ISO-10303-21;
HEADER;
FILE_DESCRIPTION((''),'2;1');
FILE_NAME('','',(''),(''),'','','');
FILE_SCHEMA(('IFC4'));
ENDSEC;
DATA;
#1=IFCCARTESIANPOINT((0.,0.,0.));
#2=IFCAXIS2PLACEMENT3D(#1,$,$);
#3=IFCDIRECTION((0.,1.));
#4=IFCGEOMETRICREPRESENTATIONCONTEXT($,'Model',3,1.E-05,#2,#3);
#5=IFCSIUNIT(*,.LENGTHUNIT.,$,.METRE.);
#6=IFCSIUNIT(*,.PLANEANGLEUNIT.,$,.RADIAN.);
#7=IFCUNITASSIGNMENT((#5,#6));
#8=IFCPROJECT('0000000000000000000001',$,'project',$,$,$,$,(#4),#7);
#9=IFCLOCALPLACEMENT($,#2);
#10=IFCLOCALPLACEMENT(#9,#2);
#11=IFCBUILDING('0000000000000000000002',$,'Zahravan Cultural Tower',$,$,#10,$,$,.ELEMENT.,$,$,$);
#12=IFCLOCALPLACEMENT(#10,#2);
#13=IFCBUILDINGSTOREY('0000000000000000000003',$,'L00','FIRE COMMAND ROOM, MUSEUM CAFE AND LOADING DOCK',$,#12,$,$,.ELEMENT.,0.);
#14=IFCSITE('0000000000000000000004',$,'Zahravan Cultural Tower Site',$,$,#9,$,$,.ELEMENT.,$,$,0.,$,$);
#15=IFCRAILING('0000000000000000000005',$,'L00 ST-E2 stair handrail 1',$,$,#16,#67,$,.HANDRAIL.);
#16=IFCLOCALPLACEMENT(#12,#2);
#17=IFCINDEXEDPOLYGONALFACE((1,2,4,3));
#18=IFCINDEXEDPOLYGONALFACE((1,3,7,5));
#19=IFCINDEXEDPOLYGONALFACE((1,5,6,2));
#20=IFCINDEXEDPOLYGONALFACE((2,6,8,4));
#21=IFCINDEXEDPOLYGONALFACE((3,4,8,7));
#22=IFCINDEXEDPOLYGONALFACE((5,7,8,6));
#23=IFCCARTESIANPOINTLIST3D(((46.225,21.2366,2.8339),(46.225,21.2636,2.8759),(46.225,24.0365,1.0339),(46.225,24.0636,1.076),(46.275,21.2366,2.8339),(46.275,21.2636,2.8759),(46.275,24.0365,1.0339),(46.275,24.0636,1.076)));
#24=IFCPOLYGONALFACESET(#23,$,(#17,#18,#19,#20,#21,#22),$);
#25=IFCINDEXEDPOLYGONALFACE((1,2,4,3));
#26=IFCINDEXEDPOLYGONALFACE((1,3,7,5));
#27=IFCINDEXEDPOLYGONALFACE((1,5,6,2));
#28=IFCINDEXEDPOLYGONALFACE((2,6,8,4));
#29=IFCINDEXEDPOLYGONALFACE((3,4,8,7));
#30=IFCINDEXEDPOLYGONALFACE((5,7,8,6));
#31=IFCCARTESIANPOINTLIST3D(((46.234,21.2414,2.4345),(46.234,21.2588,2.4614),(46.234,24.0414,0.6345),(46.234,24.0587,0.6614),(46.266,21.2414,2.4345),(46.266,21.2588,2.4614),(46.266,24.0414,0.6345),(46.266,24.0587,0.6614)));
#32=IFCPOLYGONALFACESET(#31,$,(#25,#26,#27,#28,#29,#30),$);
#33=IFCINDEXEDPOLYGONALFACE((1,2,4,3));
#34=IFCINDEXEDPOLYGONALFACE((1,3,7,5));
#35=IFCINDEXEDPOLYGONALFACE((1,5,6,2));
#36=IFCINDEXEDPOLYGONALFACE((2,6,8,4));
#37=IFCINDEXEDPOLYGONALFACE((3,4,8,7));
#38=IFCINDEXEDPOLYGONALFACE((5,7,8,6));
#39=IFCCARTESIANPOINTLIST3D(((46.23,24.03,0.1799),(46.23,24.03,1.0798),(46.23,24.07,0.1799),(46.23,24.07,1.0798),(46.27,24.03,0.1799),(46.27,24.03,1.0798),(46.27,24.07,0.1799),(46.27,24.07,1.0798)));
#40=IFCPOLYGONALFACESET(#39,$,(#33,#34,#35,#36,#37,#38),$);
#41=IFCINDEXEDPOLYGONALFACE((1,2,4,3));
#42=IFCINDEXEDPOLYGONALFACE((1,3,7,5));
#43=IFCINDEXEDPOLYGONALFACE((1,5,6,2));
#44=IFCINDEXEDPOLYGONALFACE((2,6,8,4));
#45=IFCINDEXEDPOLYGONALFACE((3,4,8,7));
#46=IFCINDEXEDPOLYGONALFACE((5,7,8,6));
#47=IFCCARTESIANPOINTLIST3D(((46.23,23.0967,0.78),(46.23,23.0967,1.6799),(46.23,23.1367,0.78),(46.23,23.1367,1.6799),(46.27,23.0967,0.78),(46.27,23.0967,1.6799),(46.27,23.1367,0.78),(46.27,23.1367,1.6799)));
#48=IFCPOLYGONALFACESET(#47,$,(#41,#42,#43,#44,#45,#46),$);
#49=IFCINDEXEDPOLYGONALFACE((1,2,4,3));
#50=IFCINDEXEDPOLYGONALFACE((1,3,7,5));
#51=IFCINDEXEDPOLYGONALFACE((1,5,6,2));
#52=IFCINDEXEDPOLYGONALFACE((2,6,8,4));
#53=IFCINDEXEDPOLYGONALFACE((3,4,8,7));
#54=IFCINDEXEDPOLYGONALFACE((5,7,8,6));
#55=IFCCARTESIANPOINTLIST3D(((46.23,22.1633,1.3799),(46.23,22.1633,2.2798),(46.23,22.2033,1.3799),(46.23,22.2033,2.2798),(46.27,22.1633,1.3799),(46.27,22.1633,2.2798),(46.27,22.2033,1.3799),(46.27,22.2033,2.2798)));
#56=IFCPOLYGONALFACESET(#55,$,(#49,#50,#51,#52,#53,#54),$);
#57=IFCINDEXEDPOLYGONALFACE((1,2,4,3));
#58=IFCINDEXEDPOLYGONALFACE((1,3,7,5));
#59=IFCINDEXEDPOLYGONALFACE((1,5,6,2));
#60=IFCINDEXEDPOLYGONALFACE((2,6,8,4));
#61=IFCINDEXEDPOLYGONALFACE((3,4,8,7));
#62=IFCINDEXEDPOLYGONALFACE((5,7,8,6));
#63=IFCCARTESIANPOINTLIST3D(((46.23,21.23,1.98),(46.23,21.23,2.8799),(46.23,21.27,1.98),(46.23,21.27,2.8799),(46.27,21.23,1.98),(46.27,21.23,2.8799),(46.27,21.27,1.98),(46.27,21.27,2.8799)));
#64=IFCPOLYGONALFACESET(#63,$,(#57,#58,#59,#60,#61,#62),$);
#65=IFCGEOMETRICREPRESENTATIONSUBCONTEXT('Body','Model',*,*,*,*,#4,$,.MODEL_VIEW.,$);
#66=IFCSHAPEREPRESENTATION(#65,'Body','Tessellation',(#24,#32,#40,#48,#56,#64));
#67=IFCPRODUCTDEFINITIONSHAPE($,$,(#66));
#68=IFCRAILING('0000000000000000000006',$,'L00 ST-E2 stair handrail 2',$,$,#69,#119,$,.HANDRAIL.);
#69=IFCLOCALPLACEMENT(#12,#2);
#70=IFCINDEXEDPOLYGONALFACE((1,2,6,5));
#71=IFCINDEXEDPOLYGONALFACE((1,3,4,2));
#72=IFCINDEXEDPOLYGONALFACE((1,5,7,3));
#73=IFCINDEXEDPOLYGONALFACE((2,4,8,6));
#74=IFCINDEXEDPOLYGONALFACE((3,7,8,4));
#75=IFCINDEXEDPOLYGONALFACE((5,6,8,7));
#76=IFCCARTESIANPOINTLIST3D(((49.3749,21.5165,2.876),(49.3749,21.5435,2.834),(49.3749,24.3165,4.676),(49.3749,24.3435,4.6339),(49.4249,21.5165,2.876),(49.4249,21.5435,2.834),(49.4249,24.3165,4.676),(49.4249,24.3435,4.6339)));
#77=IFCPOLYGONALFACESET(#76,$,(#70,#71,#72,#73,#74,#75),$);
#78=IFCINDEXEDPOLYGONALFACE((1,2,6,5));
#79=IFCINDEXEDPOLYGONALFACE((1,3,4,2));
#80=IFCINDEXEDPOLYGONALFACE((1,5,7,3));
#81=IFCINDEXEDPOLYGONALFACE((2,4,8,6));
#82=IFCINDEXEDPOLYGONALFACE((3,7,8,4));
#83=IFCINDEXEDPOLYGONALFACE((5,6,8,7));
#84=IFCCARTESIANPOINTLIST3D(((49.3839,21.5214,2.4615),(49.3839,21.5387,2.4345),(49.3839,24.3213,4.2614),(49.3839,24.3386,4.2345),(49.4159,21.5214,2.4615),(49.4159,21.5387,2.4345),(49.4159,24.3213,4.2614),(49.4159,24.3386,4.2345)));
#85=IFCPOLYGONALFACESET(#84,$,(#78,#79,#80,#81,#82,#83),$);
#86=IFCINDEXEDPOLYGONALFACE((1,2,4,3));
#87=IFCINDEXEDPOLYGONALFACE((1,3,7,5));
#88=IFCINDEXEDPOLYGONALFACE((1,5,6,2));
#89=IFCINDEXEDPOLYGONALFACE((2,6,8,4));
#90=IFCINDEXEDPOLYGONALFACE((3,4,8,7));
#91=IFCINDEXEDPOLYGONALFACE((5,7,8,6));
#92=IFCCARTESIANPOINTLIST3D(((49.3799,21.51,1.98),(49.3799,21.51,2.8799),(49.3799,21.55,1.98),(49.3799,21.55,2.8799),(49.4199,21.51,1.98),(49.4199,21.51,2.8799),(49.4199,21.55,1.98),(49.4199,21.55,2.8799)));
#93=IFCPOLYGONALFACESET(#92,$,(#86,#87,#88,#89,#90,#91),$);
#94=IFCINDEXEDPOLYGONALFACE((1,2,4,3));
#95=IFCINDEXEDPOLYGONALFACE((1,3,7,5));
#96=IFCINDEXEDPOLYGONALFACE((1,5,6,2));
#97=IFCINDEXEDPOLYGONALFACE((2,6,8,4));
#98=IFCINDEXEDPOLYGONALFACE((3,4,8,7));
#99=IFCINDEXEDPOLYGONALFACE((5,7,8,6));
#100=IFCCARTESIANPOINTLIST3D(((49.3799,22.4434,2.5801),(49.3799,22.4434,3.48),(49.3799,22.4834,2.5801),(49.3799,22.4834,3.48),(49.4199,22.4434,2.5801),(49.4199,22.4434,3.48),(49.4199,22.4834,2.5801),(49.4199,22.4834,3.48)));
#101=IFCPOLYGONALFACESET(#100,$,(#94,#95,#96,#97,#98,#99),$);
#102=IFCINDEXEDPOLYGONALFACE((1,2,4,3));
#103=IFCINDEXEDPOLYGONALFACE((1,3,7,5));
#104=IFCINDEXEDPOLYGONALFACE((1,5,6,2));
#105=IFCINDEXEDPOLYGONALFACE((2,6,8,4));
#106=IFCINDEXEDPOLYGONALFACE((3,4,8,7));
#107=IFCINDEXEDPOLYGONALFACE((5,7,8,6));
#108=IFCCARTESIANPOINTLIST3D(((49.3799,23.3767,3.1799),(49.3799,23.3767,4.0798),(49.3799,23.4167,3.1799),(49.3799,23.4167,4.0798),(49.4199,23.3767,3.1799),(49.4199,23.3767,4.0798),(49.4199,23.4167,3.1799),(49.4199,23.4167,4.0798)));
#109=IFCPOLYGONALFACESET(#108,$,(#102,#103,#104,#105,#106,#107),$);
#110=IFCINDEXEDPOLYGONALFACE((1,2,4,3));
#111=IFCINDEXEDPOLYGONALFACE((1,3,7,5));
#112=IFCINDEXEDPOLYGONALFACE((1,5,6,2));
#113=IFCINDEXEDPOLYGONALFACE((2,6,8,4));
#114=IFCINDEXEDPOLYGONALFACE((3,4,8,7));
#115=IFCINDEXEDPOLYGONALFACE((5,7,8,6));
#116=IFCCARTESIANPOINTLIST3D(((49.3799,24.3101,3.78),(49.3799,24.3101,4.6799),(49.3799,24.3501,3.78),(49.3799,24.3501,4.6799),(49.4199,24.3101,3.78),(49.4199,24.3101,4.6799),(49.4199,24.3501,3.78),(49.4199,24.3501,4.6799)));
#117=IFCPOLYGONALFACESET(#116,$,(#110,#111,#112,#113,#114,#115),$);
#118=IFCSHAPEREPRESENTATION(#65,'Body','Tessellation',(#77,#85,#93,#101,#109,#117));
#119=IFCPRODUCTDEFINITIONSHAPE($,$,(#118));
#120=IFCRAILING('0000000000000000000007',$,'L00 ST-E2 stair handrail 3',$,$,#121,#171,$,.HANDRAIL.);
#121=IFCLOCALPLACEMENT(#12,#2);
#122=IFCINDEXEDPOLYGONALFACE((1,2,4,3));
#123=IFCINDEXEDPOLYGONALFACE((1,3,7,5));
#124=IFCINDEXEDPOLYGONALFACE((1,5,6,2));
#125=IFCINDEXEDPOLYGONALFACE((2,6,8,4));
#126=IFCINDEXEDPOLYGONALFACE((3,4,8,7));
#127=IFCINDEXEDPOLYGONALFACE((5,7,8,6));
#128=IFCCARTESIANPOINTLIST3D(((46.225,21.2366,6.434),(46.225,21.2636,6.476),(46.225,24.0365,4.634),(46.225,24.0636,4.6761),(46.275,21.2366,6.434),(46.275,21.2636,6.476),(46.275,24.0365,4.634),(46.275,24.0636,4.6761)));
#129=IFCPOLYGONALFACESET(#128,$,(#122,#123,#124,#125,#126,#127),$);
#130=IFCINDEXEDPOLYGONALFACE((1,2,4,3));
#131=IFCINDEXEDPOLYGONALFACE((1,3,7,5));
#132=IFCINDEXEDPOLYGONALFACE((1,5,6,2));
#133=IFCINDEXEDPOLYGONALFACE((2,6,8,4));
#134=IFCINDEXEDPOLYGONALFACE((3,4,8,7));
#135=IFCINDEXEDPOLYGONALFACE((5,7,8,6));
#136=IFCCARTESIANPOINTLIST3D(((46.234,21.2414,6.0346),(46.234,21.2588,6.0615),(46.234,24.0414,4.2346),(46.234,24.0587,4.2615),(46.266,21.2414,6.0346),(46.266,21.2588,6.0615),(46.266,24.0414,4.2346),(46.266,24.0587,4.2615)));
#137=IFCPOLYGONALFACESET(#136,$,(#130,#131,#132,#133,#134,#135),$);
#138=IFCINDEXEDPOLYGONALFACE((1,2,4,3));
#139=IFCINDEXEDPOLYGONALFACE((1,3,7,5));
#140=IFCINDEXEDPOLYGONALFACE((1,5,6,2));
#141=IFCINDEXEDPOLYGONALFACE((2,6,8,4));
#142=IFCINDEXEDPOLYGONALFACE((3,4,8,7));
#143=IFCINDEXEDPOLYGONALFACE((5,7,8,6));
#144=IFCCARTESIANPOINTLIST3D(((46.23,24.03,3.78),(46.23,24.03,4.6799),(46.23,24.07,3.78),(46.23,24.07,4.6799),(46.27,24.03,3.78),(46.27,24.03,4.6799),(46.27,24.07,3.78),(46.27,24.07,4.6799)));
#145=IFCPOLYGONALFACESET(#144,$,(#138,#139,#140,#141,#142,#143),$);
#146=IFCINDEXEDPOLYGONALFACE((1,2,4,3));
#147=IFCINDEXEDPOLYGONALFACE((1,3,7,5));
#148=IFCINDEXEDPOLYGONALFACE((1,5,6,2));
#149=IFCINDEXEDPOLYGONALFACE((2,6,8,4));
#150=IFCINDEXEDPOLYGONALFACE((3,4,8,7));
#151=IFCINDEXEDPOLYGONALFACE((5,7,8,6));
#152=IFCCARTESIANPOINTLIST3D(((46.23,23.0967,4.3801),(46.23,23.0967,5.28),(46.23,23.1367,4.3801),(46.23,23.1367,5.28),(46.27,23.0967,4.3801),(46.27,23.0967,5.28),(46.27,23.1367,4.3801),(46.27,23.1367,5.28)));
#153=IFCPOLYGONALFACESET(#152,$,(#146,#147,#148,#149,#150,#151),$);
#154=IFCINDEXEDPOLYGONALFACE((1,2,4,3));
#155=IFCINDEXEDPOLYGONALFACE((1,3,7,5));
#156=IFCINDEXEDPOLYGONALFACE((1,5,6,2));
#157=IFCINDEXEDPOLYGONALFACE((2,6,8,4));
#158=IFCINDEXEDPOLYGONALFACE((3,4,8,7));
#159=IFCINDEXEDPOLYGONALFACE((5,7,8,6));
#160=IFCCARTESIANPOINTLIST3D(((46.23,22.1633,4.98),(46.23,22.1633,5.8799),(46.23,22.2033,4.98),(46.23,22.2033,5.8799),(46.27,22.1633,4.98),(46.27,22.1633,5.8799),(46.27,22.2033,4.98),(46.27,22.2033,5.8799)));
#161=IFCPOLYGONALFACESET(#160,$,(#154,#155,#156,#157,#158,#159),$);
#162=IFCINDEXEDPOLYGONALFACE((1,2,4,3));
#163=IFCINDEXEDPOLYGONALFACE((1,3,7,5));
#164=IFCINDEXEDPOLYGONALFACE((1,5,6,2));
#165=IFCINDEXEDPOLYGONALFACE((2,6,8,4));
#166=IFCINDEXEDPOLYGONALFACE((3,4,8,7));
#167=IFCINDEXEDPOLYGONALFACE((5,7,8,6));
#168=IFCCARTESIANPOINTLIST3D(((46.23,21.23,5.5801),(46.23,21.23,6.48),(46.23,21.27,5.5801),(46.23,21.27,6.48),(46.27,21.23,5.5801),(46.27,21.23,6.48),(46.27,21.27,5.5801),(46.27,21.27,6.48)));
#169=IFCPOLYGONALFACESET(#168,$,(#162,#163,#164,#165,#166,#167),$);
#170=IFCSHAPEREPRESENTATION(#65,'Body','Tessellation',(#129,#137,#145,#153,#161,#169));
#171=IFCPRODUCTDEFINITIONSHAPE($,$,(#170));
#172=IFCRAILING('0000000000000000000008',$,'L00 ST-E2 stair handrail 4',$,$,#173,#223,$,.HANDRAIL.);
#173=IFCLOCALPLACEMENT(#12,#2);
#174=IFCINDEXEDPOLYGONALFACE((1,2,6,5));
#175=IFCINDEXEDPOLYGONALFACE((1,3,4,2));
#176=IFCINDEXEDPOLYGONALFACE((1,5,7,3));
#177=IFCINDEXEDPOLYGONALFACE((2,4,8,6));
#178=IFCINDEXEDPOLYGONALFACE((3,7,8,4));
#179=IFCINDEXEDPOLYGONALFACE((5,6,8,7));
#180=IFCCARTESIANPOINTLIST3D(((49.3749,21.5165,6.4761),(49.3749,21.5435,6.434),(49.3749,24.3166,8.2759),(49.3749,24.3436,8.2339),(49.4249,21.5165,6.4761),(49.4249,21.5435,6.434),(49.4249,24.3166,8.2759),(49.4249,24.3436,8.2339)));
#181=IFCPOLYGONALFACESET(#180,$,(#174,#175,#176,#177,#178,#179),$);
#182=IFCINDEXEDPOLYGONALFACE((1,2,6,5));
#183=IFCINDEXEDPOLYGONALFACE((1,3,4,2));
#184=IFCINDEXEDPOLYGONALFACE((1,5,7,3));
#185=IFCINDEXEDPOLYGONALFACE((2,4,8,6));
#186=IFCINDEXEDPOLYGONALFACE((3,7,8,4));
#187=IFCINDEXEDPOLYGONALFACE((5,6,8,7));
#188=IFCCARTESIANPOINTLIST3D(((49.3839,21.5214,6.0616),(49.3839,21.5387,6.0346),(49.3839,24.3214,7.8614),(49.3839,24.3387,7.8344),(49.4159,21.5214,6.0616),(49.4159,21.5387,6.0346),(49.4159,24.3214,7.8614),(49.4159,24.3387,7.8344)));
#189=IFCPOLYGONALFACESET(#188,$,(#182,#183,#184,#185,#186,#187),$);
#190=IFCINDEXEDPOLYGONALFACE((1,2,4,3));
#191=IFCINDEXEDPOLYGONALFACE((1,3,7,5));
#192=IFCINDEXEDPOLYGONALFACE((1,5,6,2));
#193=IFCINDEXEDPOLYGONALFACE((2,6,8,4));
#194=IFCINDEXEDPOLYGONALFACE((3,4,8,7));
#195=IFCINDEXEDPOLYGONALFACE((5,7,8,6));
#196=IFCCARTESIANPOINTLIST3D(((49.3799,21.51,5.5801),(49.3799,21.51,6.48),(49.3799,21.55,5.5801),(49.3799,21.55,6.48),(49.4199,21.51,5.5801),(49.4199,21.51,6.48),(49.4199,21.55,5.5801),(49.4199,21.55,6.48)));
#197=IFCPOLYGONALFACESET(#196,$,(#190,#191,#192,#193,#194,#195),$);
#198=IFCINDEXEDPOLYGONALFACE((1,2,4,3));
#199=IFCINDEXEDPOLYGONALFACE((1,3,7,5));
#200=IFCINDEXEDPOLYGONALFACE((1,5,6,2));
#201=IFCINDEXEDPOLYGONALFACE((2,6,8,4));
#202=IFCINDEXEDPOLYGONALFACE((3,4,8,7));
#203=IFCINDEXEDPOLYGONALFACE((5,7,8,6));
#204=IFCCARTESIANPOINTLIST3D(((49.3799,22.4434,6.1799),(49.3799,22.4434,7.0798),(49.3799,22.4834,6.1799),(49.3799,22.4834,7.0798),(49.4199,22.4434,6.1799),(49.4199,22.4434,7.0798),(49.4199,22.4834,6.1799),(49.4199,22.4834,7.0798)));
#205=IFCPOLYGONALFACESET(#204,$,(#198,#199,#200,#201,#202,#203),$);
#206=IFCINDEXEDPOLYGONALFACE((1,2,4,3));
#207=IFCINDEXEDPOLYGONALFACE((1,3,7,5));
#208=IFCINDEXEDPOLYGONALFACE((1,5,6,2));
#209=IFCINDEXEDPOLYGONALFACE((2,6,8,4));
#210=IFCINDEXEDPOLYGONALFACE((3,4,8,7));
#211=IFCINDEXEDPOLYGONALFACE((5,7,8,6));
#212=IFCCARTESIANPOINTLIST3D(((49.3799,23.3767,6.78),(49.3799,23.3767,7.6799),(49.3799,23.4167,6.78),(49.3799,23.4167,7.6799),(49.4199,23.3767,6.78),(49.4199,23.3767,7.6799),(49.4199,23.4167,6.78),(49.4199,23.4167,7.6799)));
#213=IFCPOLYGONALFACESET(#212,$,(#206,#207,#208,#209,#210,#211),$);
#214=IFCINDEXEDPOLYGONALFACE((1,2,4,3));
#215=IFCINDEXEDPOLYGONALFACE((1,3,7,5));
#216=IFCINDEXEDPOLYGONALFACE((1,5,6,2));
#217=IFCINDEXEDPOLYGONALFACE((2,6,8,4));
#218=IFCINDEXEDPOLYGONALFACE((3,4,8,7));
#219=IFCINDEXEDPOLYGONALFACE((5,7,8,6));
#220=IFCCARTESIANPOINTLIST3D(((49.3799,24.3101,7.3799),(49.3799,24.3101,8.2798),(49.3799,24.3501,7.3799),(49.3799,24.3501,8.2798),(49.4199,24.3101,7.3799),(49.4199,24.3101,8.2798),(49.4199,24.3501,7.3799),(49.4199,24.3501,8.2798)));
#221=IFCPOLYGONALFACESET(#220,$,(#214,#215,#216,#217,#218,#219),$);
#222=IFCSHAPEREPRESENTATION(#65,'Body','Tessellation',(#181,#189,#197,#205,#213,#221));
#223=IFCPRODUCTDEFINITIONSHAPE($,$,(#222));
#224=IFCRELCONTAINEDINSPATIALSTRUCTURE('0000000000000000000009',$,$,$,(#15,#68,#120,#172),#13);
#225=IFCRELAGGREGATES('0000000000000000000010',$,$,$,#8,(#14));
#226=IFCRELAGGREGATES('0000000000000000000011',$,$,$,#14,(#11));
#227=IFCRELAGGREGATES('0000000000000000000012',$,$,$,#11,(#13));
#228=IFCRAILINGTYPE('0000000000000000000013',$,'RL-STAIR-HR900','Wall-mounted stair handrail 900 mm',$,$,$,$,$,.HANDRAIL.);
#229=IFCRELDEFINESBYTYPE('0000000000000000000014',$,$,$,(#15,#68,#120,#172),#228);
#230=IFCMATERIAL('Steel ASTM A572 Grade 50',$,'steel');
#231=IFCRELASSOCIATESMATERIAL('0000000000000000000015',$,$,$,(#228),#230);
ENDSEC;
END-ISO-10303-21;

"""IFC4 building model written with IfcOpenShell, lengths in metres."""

from ifc_helpers import new_model, si_unit, direction, frame, origin, origin_2d, place, context, subcontext, project, spatial, rectangle, extrude, material, type_object, element, save


model = new_model("IFC4")

# Units and contexts
model_context = context("Model", 3, precision=1e-05, world=origin(), true_north=direction((0.0, 1.0)))
body_context = subcontext(model_context, "Body", "Model", "MODEL_VIEW")
ifc_project = project(units=[si_unit("LENGTHUNIT", "METRE"), si_unit("PLANEANGLEUNIT", "RADIAN")], contexts=[model_context])

# Site, building, storey
site_placement = place(None, origin())
site = spatial("IfcSite", under=ifc_project, at=site_placement, Name="Zahravan Cultural Tower Site", CompositionType="ELEMENT", RefElevation=0.0)
building_placement = place(site_placement, origin())
building = spatial("IfcBuilding", under=site, at=building_placement, Name="Zahravan Cultural Tower", CompositionType="ELEMENT")
storey_placement = place(building_placement, origin())
storey = spatial("IfcBuildingStorey", under=building, at=storey_placement, Name="L00", Description="FIRE COMMAND ROOM, MUSEUM CAFE AND LOADING DOCK", CompositionType="ELEMENT", Elevation=0.0)

# Railings
ifc_material_1 = material(Name="Steel ASTM A572 Grade 50", Category="steel")
railing_type_1 = type_object("IfcRailingType", Name="RL-STAIR-HR900", Description="Wall-mounted stair handrail 900 mm", PredefinedType="HANDRAIL", material=ifc_material_1)
railing_1_placement = place(storey_placement, frame((46.25, 24.05, 0.1799)))
element("IfcRailing", 1, at=railing_1_placement, inside=storey, type_object=railing_type_1, Name="L00 ST-E2 stair handrail 1", PredefinedType="HANDRAIL", context=body_context, shape_type="SweptSolid", body=[
    extrude(rectangle(XDim=0.05, YDim=0.05, at=origin_2d()), frame((0.0, 0.0, 0.875), z_axis=(0.0, -0.841176, 0.540761), x_axis=(1.0, 0.0, 0.0)), (0.0, 0.0, 1.0), 3.3286),
    extrude(rectangle(XDim=0.032, YDim=0.032, at=origin_2d()), frame((0.0, 0.0, 0.468), z_axis=(0.0, -0.841176, 0.540761), x_axis=(1.0, 0.0, 0.0)), (0.0, 0.0, 1.0), 3.3286),
    extrude(rectangle(XDim=0.04, YDim=0.04, at=origin_2d()), origin(), (0.0, 0.0, 1.0), 0.8999),
    extrude(rectangle(XDim=0.04, YDim=0.04, at=origin_2d()), frame((0.0, -0.9333, 0.6001)), (0.0, 0.0, 1.0), 0.8999),
    extrude(rectangle(XDim=0.04, YDim=0.04, at=origin_2d()), frame((0.0, -1.8667, 1.2)), (0.0, 0.0, 1.0), 0.8999),
    extrude(rectangle(XDim=0.04, YDim=0.04, at=origin_2d()), frame((0.0, -2.8, 1.8)), (0.0, 0.0, 1.0), 0.8999),
])
railing_2_placement = place(storey_placement, frame((49.3999, 21.53, 1.98)))
element("IfcRailing", 2, at=railing_2_placement, inside=storey, type_object=railing_type_1, Name="L00 ST-E2 stair handrail 2", PredefinedType="HANDRAIL", context=body_context, shape_type="SweptSolid", body=[
    extrude(rectangle(XDim=0.05, YDim=0.05, at=origin_2d()), frame((0.0, 0.0, 0.875), z_axis=(0.0, 0.841176, 0.540761), x_axis=(-1.0, 0.0, 0.0)), (0.0, 0.0, 1.0), 3.3286),
    extrude(rectangle(XDim=0.032, YDim=0.032, at=origin_2d()), frame((0.0, 0.0, 0.468), z_axis=(0.0, 0.841176, 0.540761), x_axis=(-1.0, 0.0, 0.0)), (0.0, 0.0, 1.0), 3.3286),
    extrude(rectangle(XDim=0.04, YDim=0.04, at=origin_2d()), origin(), (0.0, 0.0, 1.0), 0.8999),
    extrude(rectangle(XDim=0.04, YDim=0.04, at=origin_2d()), frame((0.0, 0.9333, 0.6001)), (0.0, 0.0, 1.0), 0.8999),
    extrude(rectangle(XDim=0.04, YDim=0.04, at=origin_2d()), frame((0.0, 1.8667, 1.2)), (0.0, 0.0, 1.0), 0.8999),
    extrude(rectangle(XDim=0.04, YDim=0.04, at=origin_2d()), frame((0.0, 2.8, 1.8)), (0.0, 0.0, 1.0), 0.8999),
])
railing_3_placement = place(storey_placement, frame((46.25, 24.05, 3.78)))
element("IfcRailing", 3, at=railing_3_placement, inside=storey, type_object=railing_type_1, Name="L00 ST-E2 stair handrail 3", PredefinedType="HANDRAIL", context=body_context, shape_type="SweptSolid", body=[
    extrude(rectangle(XDim=0.05, YDim=0.05, at=origin_2d()), frame((0.0, 0.0, 0.875), z_axis=(0.0, -0.841176, 0.540761), x_axis=(1.0, 0.0, 0.0)), (0.0, 0.0, 1.0), 3.3286),
    extrude(rectangle(XDim=0.032, YDim=0.032, at=origin_2d()), frame((0.0, 0.0, 0.468), z_axis=(0.0, -0.841176, 0.540761), x_axis=(1.0, 0.0, 0.0)), (0.0, 0.0, 1.0), 3.3286),
    extrude(rectangle(XDim=0.04, YDim=0.04, at=origin_2d()), origin(), (0.0, 0.0, 1.0), 0.8999),
    extrude(rectangle(XDim=0.04, YDim=0.04, at=origin_2d()), frame((0.0, -0.9333, 0.6001)), (0.0, 0.0, 1.0), 0.8999),
    extrude(rectangle(XDim=0.04, YDim=0.04, at=origin_2d()), frame((0.0, -1.8667, 1.2)), (0.0, 0.0, 1.0), 0.8999),
    extrude(rectangle(XDim=0.04, YDim=0.04, at=origin_2d()), frame((0.0, -2.8, 1.8)), (0.0, 0.0, 1.0), 0.8999),
])
railing_4_placement = place(storey_placement, frame((49.3999, 21.53, 5.5801)))
element("IfcRailing", 4, at=railing_4_placement, inside=storey, type_object=railing_type_1, Name="L00 ST-E2 stair handrail 4", PredefinedType="HANDRAIL", context=body_context, shape_type="SweptSolid", body=[
    extrude(rectangle(XDim=0.05, YDim=0.05, at=origin_2d()), frame((0.0, 0.0, 0.875), z_axis=(0.0, 0.841209, 0.540709), x_axis=(-1.0, 0.0, 0.0)), (0.0, 0.0, 1.0), 3.3286),
    extrude(rectangle(XDim=0.032, YDim=0.032, at=origin_2d()), frame((0.0, 0.0, 0.468), z_axis=(0.0, 0.841209, 0.540709), x_axis=(-1.0, 0.0, 0.0)), (0.0, 0.0, 1.0), 3.3286),
    extrude(rectangle(XDim=0.04, YDim=0.04, at=origin_2d()), origin(), (0.0, 0.0, 1.0), 0.8999),
    extrude(rectangle(XDim=0.04, YDim=0.04, at=origin_2d()), frame((0.0, 0.9333, 0.5999)), (0.0, 0.0, 1.0), 0.8999),
    extrude(rectangle(XDim=0.04, YDim=0.04, at=origin_2d()), frame((0.0, 1.8667, 1.2)), (0.0, 0.0, 1.0), 0.8999),
    extrude(rectangle(XDim=0.04, YDim=0.04, at=origin_2d()), frame((0.0, 2.8, 1.7998)), (0.0, 0.0, 1.0), 0.8999),
])

save(model, "model.ifc")
